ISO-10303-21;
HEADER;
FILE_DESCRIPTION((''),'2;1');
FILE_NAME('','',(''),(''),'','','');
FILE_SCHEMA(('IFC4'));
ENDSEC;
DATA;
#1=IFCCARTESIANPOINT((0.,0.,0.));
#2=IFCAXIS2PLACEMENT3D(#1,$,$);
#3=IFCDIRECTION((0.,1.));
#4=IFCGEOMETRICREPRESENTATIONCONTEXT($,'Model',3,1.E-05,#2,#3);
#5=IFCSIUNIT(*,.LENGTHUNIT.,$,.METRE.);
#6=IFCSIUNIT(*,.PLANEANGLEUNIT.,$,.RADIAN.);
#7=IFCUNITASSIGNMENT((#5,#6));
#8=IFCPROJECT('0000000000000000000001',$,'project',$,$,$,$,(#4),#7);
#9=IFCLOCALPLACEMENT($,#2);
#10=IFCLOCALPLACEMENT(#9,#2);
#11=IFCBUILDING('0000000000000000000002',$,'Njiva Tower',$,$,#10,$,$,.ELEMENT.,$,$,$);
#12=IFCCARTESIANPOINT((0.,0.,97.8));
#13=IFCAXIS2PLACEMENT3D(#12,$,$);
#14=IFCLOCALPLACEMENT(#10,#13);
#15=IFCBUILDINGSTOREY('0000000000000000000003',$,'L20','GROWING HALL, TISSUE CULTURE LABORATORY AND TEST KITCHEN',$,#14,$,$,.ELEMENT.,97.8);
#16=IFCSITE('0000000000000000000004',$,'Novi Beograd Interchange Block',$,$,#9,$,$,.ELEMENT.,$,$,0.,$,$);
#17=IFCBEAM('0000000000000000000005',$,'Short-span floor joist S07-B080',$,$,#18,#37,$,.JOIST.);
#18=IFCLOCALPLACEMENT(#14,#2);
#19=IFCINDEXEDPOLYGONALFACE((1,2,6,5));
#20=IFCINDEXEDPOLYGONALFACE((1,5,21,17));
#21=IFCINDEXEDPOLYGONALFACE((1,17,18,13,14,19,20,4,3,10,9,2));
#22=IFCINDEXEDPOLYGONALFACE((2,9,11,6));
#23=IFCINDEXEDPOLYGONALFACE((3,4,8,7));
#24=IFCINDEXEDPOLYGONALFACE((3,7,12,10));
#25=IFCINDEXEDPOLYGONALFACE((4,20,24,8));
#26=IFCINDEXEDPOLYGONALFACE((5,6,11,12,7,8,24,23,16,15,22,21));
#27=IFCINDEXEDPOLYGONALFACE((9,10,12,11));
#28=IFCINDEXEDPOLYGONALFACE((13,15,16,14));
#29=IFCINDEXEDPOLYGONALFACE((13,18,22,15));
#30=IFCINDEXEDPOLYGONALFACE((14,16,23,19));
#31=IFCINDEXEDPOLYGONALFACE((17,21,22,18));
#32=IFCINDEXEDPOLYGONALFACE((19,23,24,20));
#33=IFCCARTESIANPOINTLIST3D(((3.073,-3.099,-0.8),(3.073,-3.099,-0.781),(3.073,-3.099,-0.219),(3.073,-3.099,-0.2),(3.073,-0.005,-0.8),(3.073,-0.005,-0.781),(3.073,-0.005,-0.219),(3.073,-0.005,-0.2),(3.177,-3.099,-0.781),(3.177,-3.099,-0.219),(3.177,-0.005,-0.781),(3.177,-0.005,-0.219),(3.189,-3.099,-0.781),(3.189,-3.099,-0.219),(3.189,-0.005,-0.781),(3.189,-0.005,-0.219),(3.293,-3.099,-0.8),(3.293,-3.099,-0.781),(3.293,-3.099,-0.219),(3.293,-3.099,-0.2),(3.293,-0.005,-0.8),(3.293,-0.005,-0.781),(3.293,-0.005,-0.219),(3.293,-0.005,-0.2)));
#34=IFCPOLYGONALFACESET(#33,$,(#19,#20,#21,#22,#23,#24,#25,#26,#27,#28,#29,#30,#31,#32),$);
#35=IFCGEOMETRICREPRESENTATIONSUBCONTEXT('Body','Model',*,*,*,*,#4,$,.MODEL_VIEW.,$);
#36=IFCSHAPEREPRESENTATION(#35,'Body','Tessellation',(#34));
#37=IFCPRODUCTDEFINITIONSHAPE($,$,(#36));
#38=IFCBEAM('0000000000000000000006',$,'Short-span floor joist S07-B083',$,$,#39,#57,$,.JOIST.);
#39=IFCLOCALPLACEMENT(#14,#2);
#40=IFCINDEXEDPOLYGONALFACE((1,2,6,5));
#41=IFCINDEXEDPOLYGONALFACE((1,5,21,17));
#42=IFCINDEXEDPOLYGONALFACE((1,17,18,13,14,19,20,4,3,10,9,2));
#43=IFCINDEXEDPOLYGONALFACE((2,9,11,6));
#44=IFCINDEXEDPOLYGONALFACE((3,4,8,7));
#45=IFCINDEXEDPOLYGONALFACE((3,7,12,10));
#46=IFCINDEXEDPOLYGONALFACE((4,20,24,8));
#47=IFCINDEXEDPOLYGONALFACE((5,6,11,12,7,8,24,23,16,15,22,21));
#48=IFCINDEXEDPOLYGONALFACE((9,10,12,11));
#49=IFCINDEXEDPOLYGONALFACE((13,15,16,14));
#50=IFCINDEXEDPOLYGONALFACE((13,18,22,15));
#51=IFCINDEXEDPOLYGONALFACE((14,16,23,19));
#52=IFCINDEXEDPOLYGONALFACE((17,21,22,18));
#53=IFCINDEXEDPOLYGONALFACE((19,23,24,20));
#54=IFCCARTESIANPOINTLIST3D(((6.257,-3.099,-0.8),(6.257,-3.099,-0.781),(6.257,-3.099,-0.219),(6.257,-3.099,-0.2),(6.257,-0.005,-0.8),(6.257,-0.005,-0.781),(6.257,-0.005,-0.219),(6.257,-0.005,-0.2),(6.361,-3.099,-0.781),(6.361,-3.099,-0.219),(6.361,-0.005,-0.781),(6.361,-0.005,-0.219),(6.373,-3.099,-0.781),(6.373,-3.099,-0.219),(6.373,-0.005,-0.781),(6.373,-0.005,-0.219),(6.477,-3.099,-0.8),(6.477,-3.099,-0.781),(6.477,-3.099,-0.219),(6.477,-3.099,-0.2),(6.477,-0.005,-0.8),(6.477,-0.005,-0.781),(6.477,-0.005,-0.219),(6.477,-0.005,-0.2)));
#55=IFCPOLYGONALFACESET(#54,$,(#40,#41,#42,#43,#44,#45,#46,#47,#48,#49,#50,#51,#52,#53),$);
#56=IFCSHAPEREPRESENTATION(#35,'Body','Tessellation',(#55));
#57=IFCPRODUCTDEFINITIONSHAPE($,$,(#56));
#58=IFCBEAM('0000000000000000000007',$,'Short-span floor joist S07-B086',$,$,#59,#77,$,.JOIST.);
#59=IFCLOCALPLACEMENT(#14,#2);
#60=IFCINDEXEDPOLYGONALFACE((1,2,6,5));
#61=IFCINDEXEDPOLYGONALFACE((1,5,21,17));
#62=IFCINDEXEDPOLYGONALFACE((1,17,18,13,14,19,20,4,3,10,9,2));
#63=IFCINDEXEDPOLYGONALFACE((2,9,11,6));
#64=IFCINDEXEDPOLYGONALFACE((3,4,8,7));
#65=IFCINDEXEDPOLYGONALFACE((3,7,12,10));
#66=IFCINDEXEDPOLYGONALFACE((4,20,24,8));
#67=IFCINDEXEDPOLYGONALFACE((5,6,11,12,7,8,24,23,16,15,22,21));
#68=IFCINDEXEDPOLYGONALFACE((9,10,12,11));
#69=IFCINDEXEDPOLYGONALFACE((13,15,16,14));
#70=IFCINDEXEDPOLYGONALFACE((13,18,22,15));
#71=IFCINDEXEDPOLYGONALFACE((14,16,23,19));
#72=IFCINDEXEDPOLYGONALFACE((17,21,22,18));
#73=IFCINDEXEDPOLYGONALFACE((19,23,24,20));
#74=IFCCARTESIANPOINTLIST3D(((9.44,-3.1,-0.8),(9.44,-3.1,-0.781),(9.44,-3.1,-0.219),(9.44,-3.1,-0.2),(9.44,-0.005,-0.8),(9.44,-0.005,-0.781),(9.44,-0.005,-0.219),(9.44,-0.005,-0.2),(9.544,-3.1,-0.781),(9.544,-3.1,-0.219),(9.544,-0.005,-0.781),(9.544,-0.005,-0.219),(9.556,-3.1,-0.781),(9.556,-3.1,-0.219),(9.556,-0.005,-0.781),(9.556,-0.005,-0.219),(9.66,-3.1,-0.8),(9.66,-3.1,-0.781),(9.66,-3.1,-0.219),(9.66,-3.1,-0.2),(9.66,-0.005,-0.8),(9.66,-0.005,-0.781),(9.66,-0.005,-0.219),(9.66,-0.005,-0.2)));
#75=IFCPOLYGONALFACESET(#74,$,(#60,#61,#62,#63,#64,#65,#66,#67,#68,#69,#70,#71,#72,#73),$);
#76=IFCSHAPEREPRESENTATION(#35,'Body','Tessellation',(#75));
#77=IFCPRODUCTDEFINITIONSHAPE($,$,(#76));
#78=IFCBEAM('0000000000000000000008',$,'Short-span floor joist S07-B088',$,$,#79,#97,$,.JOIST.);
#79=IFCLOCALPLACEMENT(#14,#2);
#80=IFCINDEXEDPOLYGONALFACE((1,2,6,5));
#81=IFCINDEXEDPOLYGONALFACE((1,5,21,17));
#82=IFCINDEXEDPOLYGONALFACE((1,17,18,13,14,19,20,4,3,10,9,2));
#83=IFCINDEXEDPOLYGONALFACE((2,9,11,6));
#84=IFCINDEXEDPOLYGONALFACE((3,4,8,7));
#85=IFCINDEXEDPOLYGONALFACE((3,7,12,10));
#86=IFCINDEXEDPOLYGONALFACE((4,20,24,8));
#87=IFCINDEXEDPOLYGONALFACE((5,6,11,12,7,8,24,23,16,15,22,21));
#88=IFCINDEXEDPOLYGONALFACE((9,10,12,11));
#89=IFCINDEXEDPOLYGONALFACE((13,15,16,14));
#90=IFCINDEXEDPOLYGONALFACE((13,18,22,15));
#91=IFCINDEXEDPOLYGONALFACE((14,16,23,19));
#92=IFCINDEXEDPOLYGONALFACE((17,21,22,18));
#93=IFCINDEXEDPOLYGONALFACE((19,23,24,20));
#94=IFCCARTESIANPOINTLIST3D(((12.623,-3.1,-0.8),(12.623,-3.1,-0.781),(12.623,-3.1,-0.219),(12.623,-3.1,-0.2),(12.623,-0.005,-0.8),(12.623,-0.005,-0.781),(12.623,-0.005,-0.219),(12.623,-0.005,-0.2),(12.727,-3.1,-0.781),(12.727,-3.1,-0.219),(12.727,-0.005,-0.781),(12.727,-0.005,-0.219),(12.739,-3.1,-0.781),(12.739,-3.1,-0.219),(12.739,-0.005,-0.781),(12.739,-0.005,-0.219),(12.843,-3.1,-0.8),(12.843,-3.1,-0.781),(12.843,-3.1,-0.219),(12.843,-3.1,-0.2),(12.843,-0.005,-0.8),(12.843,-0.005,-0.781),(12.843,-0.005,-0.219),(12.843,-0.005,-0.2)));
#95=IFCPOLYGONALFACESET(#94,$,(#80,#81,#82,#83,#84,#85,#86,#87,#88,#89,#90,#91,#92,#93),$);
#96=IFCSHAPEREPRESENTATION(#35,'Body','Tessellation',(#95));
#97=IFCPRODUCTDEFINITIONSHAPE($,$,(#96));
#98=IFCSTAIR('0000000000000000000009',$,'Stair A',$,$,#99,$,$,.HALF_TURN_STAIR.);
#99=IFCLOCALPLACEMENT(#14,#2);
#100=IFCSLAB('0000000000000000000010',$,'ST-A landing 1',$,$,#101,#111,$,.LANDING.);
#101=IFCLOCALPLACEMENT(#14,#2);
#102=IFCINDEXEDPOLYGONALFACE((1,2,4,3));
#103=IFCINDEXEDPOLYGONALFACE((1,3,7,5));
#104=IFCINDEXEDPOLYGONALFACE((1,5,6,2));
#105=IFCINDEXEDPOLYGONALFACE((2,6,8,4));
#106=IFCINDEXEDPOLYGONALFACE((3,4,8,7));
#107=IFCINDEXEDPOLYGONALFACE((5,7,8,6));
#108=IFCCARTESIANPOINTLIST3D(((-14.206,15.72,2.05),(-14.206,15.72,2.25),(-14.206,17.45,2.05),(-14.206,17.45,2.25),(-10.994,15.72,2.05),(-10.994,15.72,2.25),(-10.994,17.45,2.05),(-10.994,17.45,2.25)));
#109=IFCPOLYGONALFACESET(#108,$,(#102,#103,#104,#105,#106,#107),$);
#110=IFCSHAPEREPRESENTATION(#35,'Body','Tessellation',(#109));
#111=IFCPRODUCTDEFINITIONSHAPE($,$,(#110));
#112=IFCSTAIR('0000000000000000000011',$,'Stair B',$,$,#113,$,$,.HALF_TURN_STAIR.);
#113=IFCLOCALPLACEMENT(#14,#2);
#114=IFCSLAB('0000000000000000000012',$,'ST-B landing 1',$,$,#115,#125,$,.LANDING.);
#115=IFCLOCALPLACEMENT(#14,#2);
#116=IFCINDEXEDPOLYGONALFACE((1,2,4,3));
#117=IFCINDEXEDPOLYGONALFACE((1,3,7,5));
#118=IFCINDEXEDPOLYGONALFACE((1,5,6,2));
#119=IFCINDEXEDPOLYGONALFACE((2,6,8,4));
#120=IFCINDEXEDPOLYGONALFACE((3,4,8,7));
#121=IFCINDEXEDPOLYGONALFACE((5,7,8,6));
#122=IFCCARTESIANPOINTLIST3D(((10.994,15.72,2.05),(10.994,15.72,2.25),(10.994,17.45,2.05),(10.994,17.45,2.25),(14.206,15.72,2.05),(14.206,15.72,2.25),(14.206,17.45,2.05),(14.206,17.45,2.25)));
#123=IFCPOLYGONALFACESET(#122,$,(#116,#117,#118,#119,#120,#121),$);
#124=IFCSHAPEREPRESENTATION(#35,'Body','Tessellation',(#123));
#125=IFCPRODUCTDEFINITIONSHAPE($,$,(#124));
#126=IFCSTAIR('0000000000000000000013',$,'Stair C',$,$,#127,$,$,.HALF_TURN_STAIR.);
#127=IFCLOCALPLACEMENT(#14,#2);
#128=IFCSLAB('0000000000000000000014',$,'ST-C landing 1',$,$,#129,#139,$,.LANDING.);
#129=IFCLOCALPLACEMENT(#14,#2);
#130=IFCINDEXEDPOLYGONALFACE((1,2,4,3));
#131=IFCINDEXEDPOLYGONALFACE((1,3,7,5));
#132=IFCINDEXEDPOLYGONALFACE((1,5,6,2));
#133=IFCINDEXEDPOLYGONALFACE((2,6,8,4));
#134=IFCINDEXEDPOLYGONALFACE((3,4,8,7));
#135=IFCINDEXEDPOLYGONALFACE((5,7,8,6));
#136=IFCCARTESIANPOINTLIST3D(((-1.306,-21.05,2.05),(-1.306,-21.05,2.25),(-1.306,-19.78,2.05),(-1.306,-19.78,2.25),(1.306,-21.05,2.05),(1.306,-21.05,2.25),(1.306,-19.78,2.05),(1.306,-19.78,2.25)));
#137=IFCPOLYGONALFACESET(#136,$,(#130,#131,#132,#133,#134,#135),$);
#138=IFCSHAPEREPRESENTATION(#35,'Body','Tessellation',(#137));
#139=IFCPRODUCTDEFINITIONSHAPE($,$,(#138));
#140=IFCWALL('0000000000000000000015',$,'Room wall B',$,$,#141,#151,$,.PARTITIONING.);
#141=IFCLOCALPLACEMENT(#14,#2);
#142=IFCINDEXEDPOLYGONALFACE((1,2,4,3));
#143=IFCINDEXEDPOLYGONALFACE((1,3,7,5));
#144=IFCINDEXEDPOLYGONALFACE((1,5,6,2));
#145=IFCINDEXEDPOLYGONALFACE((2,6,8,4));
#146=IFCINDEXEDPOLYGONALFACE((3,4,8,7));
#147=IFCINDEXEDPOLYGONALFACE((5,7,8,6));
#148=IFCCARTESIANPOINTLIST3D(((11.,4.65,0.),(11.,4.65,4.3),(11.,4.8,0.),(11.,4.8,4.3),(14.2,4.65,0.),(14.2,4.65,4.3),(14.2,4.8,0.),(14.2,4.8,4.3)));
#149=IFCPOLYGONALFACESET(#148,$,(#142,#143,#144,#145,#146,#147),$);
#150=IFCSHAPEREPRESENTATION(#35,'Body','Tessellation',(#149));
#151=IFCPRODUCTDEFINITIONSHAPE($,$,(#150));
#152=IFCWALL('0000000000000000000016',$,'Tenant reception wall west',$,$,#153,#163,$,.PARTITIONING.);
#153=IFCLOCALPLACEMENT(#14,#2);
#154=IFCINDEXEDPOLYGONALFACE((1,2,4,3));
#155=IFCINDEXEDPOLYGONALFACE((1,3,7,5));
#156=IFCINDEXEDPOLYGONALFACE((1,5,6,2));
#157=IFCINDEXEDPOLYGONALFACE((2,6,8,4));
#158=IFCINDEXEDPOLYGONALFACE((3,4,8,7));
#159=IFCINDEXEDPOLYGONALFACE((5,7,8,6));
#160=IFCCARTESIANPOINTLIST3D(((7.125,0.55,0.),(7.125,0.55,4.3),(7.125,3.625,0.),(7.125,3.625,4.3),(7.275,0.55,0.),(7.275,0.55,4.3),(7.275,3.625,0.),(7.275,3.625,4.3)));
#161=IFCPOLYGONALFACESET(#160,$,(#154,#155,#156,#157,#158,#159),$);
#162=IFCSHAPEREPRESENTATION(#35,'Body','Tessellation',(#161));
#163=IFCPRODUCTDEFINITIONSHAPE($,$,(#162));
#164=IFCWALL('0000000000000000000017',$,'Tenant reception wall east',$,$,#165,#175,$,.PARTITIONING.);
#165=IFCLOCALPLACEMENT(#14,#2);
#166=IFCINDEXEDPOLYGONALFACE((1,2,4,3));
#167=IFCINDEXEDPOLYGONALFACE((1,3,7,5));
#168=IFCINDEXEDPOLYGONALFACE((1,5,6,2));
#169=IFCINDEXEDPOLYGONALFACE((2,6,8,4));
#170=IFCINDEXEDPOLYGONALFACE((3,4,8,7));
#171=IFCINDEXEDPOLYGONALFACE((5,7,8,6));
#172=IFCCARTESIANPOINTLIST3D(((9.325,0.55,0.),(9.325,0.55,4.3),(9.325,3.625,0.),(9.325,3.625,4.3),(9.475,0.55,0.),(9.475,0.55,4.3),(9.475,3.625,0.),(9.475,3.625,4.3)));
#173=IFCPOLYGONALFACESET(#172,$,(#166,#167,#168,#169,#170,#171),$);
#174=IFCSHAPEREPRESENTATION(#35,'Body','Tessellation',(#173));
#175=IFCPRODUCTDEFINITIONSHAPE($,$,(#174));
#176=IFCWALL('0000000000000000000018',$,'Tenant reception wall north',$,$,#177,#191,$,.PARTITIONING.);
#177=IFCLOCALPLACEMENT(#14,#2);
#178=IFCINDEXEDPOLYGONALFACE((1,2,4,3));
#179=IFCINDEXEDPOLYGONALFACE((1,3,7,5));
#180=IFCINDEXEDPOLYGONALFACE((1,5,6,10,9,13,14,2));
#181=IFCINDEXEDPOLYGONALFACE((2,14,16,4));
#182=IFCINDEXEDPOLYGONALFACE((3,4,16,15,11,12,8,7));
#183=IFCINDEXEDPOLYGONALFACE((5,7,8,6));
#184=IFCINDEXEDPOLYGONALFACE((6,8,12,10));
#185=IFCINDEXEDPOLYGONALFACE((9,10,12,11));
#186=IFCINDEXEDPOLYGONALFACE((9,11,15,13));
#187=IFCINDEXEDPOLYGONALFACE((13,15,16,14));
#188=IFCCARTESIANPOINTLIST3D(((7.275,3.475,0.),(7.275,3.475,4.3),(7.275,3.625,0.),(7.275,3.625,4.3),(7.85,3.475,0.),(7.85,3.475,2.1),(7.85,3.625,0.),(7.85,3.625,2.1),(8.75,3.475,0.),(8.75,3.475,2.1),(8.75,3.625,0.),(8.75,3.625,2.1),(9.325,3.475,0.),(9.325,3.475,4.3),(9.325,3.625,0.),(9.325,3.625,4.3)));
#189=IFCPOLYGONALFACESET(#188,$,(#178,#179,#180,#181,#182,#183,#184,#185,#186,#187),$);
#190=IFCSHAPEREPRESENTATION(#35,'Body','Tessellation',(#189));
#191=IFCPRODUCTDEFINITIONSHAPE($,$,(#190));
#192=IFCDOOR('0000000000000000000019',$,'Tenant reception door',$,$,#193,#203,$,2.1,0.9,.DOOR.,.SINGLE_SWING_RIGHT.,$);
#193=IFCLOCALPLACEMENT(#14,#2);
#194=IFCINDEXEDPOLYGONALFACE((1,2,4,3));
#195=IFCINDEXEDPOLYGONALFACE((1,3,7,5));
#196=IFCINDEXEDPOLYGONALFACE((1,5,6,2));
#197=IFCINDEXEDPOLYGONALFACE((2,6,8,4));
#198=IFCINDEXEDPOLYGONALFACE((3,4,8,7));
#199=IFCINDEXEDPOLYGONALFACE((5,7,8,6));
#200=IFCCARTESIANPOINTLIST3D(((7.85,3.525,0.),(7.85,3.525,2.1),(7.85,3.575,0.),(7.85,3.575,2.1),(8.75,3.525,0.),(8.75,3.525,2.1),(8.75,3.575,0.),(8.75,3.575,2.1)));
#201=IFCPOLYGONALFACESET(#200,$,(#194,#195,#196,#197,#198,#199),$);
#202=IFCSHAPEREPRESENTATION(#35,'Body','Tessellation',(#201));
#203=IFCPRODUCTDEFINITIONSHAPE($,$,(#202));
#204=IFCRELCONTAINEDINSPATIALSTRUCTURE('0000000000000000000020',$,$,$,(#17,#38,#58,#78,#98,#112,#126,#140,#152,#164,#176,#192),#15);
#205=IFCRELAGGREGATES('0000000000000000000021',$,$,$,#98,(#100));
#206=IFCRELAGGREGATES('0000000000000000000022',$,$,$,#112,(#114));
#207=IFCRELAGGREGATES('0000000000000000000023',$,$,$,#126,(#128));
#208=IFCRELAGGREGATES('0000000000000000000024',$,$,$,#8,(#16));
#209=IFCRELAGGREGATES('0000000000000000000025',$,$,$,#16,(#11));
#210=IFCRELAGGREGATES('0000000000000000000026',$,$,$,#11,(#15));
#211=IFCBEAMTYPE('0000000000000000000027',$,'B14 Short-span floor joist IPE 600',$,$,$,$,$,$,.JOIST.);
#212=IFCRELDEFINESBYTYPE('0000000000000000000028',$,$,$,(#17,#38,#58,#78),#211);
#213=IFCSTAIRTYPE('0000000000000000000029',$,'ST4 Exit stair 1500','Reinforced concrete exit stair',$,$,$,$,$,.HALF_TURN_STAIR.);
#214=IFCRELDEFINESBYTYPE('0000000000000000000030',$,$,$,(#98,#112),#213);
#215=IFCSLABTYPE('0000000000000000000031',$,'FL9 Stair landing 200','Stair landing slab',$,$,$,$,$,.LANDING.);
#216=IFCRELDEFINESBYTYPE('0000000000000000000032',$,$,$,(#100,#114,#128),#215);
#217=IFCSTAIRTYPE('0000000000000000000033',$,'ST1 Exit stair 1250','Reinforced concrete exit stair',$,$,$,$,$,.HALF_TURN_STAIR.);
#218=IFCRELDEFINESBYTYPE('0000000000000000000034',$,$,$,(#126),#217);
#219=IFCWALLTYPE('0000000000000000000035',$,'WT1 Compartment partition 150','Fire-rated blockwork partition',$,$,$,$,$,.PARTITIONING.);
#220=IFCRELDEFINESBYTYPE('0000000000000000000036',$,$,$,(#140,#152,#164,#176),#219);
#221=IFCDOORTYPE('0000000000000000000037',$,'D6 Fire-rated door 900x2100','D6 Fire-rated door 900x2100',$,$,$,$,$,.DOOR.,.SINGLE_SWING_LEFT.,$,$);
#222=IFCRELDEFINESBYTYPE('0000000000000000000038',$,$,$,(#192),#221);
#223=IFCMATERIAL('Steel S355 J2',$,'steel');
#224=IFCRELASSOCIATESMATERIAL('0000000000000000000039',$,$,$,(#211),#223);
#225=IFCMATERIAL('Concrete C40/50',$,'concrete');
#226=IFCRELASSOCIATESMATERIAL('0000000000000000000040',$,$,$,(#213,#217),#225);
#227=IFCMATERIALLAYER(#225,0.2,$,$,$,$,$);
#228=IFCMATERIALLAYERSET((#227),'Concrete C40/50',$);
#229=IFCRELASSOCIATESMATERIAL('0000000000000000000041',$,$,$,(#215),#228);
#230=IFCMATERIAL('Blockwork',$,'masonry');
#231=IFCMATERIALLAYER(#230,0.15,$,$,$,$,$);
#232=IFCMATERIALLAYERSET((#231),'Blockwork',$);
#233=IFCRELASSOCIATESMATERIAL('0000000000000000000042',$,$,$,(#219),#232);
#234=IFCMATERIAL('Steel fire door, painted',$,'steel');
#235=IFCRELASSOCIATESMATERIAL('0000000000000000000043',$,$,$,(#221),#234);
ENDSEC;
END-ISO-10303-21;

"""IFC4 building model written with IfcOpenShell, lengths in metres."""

from ifc_helpers import new_model, si_unit, direction, frame, frame_2d, origin, origin_2d, place, context, subcontext, project, spatial, polyline, rectangle, i_section, outline, extrude, material, layer, layer_set, material_profile, profile_set, type_object, element, fill, aggregate, save


model = new_model("IFC4")

# Units and contexts
model_context = context("Model", 3, precision=1e-05, world=origin(), true_north=direction((0.0, 1.0)))
body_context = subcontext(model_context, "Body", "Model", "MODEL_VIEW")
ifc_project = project(units=[si_unit("LENGTHUNIT", "METRE"), si_unit("PLANEANGLEUNIT", "RADIAN")], contexts=[model_context])

# Site, building, storey
site_placement = place(None, origin())
site = spatial("IfcSite", under=ifc_project, at=site_placement, Name="Novi Beograd Interchange Block", CompositionType="ELEMENT", RefElevation=0.0)
building_placement = place(site_placement, origin())
building = spatial("IfcBuilding", under=site, at=building_placement, Name="Njiva Tower", CompositionType="ELEMENT")
storey_placement = place(building_placement, frame((0.0, 0.0, 97.8)))
storey = spatial("IfcBuildingStorey", under=building, at=storey_placement, Name="L20", Description="GROWING HALL, TISSUE CULTURE LABORATORY AND TEST KITCHEN", CompositionType="ELEMENT", Elevation=97.8)

# Beams
ifc_material_1 = material(Name="Steel S355 J2", Category="steel")
ifc_material_profile = material_profile(ifc_material_1, i_section(OverallWidth=0.22, OverallDepth=0.6, WebThickness=0.012, FlangeThickness=0.019, at=origin_2d()), Name="IPE 600")
ifc_profile_set = profile_set([ifc_material_profile], Name="Steel S355 J2")
beam_type = type_object("IfcBeamType", Name="B14 Short-span floor joist IPE 600", PredefinedType="JOIST", material=ifc_profile_set)
for number, where, z_axis, x_axis, name in (
    (1, (3.183, -0.005, -0.5), (0.0, -1.0, 0.0), (1.0, 0.0, 0.0), "Short-span floor joist S07-B080"),
    (2, (6.367, -0.005, -0.5), (0.0, -1.0, 0.0), (1.0, 0.0, 0.0), "Short-span floor joist S07-B083"),
):
    element("IfcBeam", number, at=place(storey_placement, frame(where, z_axis=z_axis, x_axis=x_axis)), inside=storey, type_object=beam_type, Name=name, PredefinedType="JOIST", context=body_context, shape_type="SweptSolid", body=[
        extrude(i_section(OverallWidth=0.22, OverallDepth=0.6, WebThickness=0.012, FlangeThickness=0.019, at=origin_2d()), origin(), (0.0, 0.0, 1.0), 3.094),
    ])
for number, where, z_axis, x_axis, name in (
    (3, (9.55, -0.005, -0.5), (0.0, -1.0, 0.0), (1.0, 0.0, 0.0), "Short-span floor joist S07-B086"),
    (4, (12.733, -0.005, -0.5), (0.0, -1.0, 0.0), (1.0, 0.0, 0.0), "Short-span floor joist S07-B088"),
):
    element("IfcBeam", number, at=place(storey_placement, frame(where, z_axis=z_axis, x_axis=x_axis)), inside=storey, type_object=beam_type, Name=name, PredefinedType="JOIST", context=body_context, shape_type="SweptSolid", body=[
        extrude(i_section(OverallWidth=0.22, OverallDepth=0.6, WebThickness=0.012, FlangeThickness=0.019, at=origin_2d()), origin(), (0.0, 0.0, 1.0), 3.095),
    ])

# Stairs, slabs
ifc_material_2 = material(Name="Concrete C40/50", Category="concrete")
stair_type_1 = type_object("IfcStairType", Name="ST4 Exit stair 1500", Description="Reinforced concrete exit stair", PredefinedType="HALF_TURN_STAIR", material=ifc_material_2)
stair_1_placement = place(storey_placement, origin())
stair_1 = element("IfcStair", 5, at=stair_1_placement, inside=storey, type_object=stair_type_1, Name="Stair A", PredefinedType="HALF_TURN_STAIR")
ifc_layer_1 = layer(ifc_material_2, 0.2)
ifc_layer_set_1 = layer_set([ifc_layer_1], Name="Concrete C40/50")
slab_type = type_object("IfcSlabType", Name="FL9 Stair landing 200", Description="Stair landing slab", PredefinedType="LANDING", material=ifc_layer_set_1)
slab_1_placement = place(storey_placement, frame((0.0, 0.0, 2.05)))
slab_1 = element("IfcSlab", 6, at=slab_1_placement, type_object=slab_type, Name="ST-A landing 1", PredefinedType="LANDING", context=body_context, shape_type="SweptSolid", body=[
    extrude(outline(polyline([(-14.206, 15.72), (-10.994, 15.72), (-10.994, 17.45), (-14.206, 17.45), (-14.206, 15.72)])), origin(), (0.0, 0.0, 1.0), 0.2),
])
aggregate(stair_1, [slab_1])
stair_2_placement = place(storey_placement, origin())
stair_2 = element("IfcStair", 7, at=stair_2_placement, inside=storey, type_object=stair_type_1, Name="Stair B", PredefinedType="HALF_TURN_STAIR")
slab_2_placement = place(storey_placement, frame((0.0, 0.0, 2.05)))
slab_2 = element("IfcSlab", 8, at=slab_2_placement, type_object=slab_type, Name="ST-B landing 1", PredefinedType="LANDING", context=body_context, shape_type="SweptSolid", body=[
    extrude(outline(polyline([(10.994, 15.72), (14.206, 15.72), (14.206, 17.45), (10.994, 17.45), (10.994, 15.72)])), origin(), (0.0, 0.0, 1.0), 0.2),
])
aggregate(stair_2, [slab_2])
stair_type_2 = type_object("IfcStairType", Name="ST1 Exit stair 1250", Description="Reinforced concrete exit stair", PredefinedType="HALF_TURN_STAIR", material=ifc_material_2)
stair_3_placement = place(storey_placement, origin())
stair_3 = element("IfcStair", 9, at=stair_3_placement, inside=storey, type_object=stair_type_2, Name="Stair C", PredefinedType="HALF_TURN_STAIR")
slab_3_placement = place(storey_placement, frame((0.0, 0.0, 2.05)))
slab_3 = element("IfcSlab", 10, at=slab_3_placement, type_object=slab_type, Name="ST-C landing 1", PredefinedType="LANDING", context=body_context, shape_type="SweptSolid", body=[
    extrude(outline(polyline([(-1.306, -21.05), (1.306, -21.05), (1.306, -19.78), (-1.306, -19.78), (-1.306, -21.05)])), origin(), (0.0, 0.0, 1.0), 0.2),
])
aggregate(stair_3, [slab_3])

# Walls
ifc_material_3 = material(Name="Blockwork", Category="masonry")
ifc_layer_2 = layer(ifc_material_3, 0.15)
ifc_layer_set_2 = layer_set([ifc_layer_2], Name="Blockwork")
wall_type_1 = type_object("IfcWallType", Name="WT1 Compartment partition 150", Description="Fire-rated blockwork partition", PredefinedType="PARTITIONING", material=ifc_layer_set_2)
wall_1_placement = place(storey_placement, frame((11.0, 4.725, 0.0), z_axis=(0.0, 0.0, 1.0), x_axis=(1.0, 0.0, 0.0)))
element("IfcWall", 11, at=wall_1_placement, inside=storey, type_object=wall_type_1, Name="Room wall B", PredefinedType="PARTITIONING", context=body_context, shape_type="SweptSolid", body=[
    extrude(rectangle(XDim=3.2, YDim=0.15, at=frame_2d((1.6, 0.0))), origin(), (0.0, 0.0, 1.0), 4.3),
])
for number, where, z_axis, x_axis, name in (
    (12, (7.2, 0.55, 0.0), (0.0, 0.0, 1.0), (0.0, 1.0, 0.0), "Tenant reception wall west"),
    (13, (9.4, 0.55, 0.0), (0.0, 0.0, 1.0), (0.0, 1.0, 0.0), "Tenant reception wall east"),
):
    element("IfcWall", number, at=place(storey_placement, frame(where, z_axis=z_axis, x_axis=x_axis)), inside=storey, type_object=wall_type_1, Name=name, PredefinedType="PARTITIONING", context=body_context, shape_type="SweptSolid", body=[
        extrude(rectangle(XDim=3.075, YDim=0.15, at=frame_2d((1.5375, 0.0))), origin(), (0.0, 0.0, 1.0), 4.3),
    ])

# Wall, opening, door
wall_2_placement = place(storey_placement, frame((7.275, 3.55, 0.0), z_axis=(0.0, 0.0, 1.0), x_axis=(1.0, 0.0, 0.0)))
wall_2 = element("IfcWall", 14, at=wall_2_placement, inside=storey, type_object=wall_type_1, Name="Tenant reception wall north", PredefinedType="PARTITIONING", context=body_context, shape_type="SweptSolid", body=[
    extrude(rectangle(XDim=2.05, YDim=0.15, at=frame_2d((1.025, 0.0))), origin(), (0.0, 0.0, 1.0), 4.3),
])
opening_1_placement = place(wall_2_placement, frame((0.575, 0.0, 0.0)))
opening_1 = element("IfcOpeningElement", 15, at=opening_1_placement, cuts=wall_2, PredefinedType="OPENING", context=body_context, shape_type="SweptSolid", body=[
    extrude(rectangle(XDim=0.9, YDim=2.1, at=frame_2d((0.45, 1.05))), frame((0.0, 0.085, 0.0), z_axis=(0.0, -1.0, 0.0), x_axis=(1.0, 0.0, 0.0)), (0.0, 0.0, 1.0), 0.17),
])
ifc_material_4 = material(Name="Steel fire door, painted", Category="steel")
door_type_1 = type_object("IfcDoorType", Name="D6 Fire-rated door 900x2100", Description="D6 Fire-rated door 900x2100", OperationType="SINGLE_SWING_LEFT", PredefinedType="DOOR", material=ifc_material_4)
door_1_placement = place(opening_1_placement, origin())
door_1 = element("IfcDoor", 16, at=door_1_placement, inside=storey, type_object=door_type_1, Name="Tenant reception door", OperationType="SINGLE_SWING_RIGHT", OverallHeight=2.1, OverallWidth=0.9, PredefinedType="DOOR", context=body_context, shape_type="SweptSolid", body=[
    extrude(rectangle(XDim=0.9, YDim=2.1, at=frame_2d((0.45, 1.05))), frame((0.0, 0.025, 0.0), z_axis=(0.0, -1.0, 0.0), x_axis=(1.0, 0.0, 0.0)), (0.0, 0.0, 1.0), 0.05),
])
fill(opening_1, door_1)

save(model, "model.ifc")
